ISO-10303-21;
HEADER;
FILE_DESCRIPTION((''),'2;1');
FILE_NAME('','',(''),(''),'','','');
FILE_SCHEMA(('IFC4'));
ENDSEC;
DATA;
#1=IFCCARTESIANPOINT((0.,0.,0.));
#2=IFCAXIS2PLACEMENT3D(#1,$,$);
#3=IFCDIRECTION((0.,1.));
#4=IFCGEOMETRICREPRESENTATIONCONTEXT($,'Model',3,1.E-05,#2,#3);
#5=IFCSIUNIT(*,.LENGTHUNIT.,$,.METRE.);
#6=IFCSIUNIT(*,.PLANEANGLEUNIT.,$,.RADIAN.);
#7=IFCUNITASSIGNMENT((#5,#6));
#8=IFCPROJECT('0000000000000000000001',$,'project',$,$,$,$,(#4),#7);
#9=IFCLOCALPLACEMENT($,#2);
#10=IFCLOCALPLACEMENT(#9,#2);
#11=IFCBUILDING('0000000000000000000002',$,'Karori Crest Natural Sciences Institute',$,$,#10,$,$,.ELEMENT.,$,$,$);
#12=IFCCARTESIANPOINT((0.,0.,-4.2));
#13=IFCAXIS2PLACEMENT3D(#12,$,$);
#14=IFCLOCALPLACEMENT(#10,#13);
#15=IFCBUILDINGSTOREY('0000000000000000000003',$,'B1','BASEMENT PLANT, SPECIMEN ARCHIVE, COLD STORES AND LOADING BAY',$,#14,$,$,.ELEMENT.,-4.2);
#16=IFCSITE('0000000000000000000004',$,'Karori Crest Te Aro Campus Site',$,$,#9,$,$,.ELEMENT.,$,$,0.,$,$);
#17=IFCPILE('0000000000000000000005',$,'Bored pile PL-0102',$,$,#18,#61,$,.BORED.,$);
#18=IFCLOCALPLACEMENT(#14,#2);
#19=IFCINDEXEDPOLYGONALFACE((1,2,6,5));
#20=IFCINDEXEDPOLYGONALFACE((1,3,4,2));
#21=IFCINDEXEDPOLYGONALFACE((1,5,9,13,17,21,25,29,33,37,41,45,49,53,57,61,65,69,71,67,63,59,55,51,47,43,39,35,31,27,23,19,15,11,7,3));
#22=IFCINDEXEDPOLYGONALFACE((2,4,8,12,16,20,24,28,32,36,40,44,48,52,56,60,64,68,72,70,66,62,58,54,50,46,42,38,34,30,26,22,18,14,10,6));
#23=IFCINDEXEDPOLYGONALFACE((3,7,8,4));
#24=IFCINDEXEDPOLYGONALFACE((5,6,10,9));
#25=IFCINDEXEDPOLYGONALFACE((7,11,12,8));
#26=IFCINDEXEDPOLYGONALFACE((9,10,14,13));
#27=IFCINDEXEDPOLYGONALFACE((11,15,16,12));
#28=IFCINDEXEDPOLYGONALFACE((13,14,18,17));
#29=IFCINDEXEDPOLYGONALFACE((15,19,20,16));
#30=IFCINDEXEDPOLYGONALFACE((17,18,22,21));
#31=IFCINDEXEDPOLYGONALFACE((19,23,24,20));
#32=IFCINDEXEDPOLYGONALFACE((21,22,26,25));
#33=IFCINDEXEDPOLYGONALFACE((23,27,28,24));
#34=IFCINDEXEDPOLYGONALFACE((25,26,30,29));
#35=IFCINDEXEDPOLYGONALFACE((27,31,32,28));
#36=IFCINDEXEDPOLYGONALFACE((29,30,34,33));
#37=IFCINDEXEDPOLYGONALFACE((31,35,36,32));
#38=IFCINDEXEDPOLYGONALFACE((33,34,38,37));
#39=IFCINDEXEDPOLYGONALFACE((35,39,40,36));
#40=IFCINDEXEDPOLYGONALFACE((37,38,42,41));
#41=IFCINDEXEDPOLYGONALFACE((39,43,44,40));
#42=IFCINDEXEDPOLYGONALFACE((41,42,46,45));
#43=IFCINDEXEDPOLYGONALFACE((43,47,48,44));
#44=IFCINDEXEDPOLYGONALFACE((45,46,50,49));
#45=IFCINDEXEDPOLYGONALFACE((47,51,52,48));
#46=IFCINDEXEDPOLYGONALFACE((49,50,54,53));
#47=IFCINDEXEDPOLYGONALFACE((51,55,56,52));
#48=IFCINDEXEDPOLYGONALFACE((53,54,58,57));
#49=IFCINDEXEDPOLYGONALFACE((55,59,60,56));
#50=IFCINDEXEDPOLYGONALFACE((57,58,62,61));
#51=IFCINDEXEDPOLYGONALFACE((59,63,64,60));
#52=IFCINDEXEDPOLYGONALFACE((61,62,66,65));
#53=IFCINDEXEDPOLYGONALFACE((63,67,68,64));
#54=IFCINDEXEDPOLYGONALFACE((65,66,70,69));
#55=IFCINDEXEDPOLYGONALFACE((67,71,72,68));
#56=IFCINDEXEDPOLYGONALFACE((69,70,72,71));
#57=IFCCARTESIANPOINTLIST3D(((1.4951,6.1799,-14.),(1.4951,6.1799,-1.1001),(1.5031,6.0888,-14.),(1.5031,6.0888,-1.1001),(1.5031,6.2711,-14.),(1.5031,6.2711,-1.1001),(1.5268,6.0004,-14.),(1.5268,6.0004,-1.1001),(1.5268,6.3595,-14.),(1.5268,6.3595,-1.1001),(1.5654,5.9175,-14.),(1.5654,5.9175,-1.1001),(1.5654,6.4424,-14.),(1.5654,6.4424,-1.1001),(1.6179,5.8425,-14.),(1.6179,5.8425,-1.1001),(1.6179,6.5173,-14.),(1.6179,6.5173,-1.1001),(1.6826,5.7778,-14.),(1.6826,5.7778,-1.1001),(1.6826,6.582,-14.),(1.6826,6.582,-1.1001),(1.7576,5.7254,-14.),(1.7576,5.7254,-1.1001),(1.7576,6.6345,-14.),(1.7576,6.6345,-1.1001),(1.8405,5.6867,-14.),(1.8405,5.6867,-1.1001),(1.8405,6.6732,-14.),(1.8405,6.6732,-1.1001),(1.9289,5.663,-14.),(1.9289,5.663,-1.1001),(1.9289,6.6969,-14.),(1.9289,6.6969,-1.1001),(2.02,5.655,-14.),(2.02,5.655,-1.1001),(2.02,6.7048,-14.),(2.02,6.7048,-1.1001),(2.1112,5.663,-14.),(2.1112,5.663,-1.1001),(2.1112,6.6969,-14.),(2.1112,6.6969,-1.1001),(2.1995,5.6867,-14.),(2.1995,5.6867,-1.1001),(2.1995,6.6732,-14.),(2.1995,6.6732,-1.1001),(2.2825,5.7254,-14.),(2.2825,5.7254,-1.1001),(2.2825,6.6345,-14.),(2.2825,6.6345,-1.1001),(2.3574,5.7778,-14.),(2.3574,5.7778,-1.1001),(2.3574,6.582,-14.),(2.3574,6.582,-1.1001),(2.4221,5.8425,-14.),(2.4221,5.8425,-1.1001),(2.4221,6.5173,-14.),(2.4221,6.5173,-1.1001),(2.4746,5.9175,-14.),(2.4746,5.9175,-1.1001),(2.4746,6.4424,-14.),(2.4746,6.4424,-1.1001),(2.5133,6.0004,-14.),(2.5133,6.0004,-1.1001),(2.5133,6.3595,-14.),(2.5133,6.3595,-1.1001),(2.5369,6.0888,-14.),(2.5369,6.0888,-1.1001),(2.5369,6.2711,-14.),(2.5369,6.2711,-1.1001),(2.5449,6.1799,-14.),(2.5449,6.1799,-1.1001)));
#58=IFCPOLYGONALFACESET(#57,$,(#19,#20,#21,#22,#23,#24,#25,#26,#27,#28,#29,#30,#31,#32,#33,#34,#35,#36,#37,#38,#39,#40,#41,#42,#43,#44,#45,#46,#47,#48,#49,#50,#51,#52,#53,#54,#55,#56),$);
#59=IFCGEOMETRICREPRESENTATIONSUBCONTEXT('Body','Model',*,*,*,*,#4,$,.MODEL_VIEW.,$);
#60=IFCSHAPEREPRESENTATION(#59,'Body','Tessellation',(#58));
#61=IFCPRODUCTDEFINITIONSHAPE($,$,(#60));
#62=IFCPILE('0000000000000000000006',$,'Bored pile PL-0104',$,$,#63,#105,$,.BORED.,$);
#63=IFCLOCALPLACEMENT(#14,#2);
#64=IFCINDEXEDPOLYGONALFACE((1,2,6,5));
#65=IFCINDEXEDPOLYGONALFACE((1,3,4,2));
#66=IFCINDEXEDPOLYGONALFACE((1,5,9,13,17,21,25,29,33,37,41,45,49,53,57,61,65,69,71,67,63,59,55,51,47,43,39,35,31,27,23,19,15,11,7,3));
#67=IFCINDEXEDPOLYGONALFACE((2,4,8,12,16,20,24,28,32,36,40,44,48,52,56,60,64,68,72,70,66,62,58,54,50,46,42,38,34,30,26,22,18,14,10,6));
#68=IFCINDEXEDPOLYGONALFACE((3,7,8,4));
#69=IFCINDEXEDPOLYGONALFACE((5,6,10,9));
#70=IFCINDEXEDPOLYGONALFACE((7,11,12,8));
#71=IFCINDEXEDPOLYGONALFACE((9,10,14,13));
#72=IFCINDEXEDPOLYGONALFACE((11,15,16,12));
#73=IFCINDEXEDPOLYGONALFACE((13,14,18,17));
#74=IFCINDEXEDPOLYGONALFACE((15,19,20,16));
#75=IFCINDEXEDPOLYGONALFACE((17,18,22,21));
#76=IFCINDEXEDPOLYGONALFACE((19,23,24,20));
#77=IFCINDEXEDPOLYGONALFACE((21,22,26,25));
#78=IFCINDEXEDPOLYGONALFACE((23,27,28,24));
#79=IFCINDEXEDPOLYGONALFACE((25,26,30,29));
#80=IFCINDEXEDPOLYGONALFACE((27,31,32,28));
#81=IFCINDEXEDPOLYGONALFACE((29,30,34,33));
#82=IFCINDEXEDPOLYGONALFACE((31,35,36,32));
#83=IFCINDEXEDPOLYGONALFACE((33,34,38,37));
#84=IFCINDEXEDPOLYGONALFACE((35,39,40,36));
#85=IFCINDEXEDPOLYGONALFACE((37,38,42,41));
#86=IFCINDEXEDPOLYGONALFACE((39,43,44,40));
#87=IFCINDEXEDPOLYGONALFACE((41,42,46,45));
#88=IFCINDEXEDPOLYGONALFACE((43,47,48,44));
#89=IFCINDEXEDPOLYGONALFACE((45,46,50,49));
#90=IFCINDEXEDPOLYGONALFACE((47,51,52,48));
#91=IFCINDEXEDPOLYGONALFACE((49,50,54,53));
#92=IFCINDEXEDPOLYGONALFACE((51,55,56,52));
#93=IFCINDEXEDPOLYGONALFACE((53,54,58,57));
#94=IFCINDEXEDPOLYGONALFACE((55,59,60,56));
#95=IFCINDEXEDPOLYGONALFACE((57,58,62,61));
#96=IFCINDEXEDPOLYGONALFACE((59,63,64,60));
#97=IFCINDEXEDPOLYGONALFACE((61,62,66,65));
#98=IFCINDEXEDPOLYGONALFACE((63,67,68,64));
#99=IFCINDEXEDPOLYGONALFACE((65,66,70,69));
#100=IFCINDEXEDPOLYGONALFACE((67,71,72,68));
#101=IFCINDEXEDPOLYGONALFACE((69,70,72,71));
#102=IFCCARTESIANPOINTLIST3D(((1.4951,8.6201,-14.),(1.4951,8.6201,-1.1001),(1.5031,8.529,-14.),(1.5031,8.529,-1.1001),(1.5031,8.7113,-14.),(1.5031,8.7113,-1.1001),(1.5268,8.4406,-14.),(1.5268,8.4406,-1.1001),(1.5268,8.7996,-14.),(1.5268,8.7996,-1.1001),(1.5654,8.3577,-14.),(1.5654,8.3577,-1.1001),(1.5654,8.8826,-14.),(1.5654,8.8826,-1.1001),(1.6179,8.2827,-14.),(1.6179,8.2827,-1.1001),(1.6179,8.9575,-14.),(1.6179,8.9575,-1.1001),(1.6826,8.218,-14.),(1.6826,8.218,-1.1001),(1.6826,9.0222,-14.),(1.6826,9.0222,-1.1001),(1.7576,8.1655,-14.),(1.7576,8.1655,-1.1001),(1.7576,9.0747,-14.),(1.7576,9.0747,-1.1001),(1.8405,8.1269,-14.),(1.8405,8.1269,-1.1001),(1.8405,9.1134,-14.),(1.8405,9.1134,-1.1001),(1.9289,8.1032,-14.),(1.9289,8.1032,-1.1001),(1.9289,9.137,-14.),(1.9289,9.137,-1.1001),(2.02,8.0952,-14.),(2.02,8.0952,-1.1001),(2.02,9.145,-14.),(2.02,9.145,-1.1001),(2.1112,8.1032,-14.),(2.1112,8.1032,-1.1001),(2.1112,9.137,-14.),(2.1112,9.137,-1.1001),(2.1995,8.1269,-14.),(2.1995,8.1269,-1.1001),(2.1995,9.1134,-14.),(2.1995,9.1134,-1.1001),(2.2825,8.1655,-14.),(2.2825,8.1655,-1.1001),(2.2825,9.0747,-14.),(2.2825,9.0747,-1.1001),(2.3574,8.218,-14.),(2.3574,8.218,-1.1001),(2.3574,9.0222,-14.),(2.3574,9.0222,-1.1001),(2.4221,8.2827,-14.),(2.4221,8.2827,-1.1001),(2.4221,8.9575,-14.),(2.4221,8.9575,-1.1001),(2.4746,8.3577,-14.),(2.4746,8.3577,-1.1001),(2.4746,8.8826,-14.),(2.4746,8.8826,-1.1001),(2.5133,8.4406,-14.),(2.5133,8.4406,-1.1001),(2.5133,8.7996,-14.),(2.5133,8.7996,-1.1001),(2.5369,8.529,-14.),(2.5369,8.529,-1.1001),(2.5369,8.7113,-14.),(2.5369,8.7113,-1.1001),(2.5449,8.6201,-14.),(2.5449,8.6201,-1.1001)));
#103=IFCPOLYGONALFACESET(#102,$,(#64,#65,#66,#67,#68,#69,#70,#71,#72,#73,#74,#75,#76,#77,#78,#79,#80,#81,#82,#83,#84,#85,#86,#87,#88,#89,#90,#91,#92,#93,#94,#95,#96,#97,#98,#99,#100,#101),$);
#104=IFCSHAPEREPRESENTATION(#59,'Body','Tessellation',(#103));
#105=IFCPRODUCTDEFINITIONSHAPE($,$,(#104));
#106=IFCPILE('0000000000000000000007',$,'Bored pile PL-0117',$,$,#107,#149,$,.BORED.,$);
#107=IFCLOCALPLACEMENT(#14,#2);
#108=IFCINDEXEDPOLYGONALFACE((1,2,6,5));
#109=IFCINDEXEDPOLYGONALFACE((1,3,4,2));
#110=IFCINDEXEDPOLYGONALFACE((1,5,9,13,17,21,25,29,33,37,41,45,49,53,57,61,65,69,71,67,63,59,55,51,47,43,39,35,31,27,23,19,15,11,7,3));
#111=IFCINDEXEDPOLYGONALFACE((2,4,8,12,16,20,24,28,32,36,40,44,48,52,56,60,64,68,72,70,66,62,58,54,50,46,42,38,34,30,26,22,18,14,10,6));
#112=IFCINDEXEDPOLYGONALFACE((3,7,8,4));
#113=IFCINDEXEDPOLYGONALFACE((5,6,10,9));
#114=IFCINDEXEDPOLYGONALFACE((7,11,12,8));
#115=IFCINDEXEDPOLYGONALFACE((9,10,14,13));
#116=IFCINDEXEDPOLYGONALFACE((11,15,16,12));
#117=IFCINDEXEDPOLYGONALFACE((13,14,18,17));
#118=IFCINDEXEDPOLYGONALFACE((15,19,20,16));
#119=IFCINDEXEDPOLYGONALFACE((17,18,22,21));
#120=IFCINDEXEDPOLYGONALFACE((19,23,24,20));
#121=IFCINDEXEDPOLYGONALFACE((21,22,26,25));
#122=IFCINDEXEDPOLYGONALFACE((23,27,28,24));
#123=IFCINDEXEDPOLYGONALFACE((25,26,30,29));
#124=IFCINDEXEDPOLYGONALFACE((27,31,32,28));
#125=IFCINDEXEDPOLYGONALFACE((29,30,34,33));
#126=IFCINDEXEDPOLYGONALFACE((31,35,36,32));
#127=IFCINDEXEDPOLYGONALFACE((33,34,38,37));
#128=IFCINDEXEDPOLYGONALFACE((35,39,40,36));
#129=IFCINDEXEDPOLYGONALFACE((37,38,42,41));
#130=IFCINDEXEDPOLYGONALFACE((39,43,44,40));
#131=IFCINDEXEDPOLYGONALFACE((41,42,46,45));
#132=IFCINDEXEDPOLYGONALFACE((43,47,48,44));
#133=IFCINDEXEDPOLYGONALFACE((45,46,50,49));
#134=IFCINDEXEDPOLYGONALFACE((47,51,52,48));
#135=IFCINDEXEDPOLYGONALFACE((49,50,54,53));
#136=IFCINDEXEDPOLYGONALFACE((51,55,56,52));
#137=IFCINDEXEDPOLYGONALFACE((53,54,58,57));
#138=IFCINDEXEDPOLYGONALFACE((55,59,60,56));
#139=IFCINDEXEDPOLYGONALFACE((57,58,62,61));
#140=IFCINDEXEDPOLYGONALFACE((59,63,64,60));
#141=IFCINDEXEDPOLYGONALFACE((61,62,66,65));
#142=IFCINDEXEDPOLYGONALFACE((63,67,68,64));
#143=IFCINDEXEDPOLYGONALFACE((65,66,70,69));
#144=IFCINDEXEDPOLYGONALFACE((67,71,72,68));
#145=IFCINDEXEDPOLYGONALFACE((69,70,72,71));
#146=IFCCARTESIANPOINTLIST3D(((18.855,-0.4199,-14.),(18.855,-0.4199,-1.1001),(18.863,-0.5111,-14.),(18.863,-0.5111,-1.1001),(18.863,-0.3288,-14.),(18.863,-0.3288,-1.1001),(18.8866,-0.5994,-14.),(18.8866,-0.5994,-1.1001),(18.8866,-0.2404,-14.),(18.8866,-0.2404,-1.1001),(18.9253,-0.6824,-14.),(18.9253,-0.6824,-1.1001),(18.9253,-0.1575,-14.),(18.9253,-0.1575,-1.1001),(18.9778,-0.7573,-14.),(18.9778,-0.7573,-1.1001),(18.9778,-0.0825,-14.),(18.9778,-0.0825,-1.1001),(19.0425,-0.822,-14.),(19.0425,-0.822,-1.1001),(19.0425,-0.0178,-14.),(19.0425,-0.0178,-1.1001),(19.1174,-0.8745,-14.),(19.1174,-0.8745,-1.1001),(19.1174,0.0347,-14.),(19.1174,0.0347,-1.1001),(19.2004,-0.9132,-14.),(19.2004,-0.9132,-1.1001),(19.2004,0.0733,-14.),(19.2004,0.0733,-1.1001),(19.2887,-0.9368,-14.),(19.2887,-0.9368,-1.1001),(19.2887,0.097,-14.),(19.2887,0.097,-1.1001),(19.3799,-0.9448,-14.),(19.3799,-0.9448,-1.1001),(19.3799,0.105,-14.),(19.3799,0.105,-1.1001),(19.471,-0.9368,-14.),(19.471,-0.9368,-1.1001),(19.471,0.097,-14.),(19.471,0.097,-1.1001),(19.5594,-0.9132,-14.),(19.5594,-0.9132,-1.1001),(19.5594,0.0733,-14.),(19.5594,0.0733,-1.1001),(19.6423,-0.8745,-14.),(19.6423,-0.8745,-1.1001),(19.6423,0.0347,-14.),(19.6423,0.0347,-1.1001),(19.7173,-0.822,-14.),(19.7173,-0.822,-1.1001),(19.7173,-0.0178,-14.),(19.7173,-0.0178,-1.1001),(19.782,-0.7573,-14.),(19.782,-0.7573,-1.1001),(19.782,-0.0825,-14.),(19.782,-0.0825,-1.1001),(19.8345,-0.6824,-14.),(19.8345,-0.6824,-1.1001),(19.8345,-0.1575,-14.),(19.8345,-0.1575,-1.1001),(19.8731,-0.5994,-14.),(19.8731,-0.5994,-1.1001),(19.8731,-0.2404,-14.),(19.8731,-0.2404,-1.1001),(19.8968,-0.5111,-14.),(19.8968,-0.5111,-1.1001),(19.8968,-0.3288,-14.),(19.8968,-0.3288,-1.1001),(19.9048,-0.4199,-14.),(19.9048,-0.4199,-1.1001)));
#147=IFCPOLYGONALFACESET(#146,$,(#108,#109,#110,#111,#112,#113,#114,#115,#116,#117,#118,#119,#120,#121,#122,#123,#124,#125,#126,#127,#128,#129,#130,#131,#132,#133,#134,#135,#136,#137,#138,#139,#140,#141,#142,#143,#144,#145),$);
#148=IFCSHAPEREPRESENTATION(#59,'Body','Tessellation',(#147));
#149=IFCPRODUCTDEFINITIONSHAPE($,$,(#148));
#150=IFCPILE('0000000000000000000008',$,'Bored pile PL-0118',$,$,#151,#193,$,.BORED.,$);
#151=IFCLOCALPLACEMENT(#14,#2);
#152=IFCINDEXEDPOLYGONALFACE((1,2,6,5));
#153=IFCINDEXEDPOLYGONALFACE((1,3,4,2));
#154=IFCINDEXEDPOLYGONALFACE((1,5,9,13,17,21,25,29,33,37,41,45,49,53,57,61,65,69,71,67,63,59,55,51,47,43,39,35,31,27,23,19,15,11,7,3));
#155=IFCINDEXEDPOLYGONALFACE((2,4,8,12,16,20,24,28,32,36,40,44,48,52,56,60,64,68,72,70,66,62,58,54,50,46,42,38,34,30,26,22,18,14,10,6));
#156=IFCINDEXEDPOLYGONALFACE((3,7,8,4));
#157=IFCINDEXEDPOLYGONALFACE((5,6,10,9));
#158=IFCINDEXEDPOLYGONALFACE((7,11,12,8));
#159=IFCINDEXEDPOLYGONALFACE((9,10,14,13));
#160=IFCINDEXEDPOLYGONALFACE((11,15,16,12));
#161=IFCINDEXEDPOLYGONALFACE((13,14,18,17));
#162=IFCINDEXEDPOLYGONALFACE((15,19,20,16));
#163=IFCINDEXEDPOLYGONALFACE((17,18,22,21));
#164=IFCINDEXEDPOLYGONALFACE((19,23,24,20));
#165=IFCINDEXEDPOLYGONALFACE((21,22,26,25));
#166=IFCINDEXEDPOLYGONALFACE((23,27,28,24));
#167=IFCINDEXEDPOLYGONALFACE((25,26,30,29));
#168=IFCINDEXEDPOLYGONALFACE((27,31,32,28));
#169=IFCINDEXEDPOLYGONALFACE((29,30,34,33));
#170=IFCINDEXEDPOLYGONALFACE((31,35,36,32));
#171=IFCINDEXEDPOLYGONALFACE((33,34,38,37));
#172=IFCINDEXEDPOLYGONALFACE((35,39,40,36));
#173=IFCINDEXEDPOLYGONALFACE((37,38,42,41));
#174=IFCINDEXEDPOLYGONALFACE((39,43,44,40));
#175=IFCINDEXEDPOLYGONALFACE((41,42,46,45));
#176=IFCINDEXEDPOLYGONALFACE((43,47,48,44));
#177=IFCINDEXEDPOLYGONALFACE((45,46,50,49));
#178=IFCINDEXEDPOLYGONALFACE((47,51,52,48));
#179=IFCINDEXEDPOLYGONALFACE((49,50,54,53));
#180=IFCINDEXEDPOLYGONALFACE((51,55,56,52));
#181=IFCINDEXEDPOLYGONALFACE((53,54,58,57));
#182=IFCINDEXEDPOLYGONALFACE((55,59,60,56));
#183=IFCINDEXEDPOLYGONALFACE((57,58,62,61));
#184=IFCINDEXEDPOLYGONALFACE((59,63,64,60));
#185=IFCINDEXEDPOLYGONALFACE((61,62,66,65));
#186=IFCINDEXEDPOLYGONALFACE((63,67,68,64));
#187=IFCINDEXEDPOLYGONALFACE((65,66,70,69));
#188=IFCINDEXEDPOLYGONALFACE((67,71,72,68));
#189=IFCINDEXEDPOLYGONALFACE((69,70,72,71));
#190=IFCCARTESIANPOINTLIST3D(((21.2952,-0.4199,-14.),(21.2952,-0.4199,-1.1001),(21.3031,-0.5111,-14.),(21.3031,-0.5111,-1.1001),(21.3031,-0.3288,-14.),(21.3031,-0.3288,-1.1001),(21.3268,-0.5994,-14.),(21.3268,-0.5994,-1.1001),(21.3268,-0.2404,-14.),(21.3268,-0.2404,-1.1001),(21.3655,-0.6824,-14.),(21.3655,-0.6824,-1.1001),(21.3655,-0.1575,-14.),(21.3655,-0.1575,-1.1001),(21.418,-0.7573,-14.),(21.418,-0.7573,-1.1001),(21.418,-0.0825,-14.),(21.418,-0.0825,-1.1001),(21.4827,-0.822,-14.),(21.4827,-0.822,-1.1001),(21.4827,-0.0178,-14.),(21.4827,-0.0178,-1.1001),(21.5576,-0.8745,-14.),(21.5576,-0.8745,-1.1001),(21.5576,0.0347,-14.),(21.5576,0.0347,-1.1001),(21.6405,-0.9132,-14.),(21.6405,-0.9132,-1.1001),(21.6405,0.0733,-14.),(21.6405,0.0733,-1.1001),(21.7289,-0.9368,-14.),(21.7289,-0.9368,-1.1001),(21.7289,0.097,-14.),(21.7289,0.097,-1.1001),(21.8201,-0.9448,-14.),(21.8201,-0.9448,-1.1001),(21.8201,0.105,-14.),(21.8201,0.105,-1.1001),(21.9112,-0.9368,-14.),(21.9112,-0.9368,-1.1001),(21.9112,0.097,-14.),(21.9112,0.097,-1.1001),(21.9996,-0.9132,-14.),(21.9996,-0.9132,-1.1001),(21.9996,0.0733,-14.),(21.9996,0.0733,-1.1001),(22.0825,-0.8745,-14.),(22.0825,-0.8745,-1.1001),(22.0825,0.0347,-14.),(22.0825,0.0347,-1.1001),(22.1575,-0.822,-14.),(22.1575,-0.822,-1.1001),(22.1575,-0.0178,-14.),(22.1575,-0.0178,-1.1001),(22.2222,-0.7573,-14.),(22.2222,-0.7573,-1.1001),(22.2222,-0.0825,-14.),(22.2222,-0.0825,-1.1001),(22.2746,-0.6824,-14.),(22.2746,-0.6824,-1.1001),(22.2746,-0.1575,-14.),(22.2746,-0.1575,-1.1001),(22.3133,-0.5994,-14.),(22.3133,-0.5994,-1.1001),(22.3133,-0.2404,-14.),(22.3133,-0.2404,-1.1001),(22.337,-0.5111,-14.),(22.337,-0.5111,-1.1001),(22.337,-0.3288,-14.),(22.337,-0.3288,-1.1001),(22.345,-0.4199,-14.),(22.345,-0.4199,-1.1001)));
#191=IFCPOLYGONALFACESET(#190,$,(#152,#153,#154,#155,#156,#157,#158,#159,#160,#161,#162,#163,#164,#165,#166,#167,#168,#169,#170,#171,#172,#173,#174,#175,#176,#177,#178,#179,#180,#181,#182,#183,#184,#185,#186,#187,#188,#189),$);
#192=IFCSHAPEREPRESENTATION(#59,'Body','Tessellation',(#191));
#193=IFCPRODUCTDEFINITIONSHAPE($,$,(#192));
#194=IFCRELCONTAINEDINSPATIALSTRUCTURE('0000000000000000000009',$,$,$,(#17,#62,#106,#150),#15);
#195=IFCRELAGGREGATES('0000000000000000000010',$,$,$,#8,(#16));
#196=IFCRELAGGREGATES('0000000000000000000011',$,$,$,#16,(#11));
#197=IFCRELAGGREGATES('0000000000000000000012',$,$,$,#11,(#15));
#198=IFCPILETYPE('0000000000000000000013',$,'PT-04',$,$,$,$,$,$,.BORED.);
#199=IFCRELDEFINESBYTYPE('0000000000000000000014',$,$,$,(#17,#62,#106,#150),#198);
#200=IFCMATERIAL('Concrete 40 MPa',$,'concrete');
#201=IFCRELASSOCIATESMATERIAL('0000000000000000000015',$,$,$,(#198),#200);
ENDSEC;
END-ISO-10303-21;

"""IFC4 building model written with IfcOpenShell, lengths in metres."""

from ifc_helpers import new_model, si_unit, direction, frame, origin, origin_2d, place, context, subcontext, project, spatial, circle, extrude, material, material_profile, profile_set, type_object, element, save


model = new_model("IFC4")

# Units and contexts
model_context = context("Model", 3, precision=1e-05, world=origin(), true_north=direction((0.0, 1.0)))
body_context = subcontext(model_context, "Body", "Model", "MODEL_VIEW")
ifc_project = project(units=[si_unit("LENGTHUNIT", "METRE"), si_unit("PLANEANGLEUNIT", "RADIAN")], contexts=[model_context])

# Site, building, storey
site_placement = place(None, origin())
site = spatial("IfcSite", under=ifc_project, at=site_placement, Name="Karori Crest Te Aro Campus Site", CompositionType="ELEMENT", RefElevation=0.0)
building_placement = place(site_placement, origin())
building = spatial("IfcBuilding", under=site, at=building_placement, Name="Karori Crest Natural Sciences Institute", CompositionType="ELEMENT")
storey_placement = place(building_placement, frame((0.0, 0.0, -4.2)))
storey = spatial("IfcBuildingStorey", under=building, at=storey_placement, Name="B1", Description="BASEMENT PLANT, SPECIMEN ARCHIVE, COLD STORES AND LOADING BAY", CompositionType="ELEMENT", Elevation=-4.2)

# Shared definitions
ifc_material_1 = material(Name="Concrete 40 MPa", Category="concrete")

# Piles
ifc_material_profile_1 = material_profile(ifc_material_1, circle(Radius=0.5249, at=origin_2d()), Name="PILE1050")
ifc_profile_set_1 = profile_set([ifc_material_profile_1], Name="Concrete 40 MPa")
pile_type = type_object("IfcPileType", Name="PT-04", PredefinedType="BORED", material=ifc_profile_set_1)
for number, where, z_axis, x_axis, name in (
    (1, (2.02, 6.1799, -1.1001), (0.0, 0.0, -1.0), (1.0, 0.0, 0.0), "Bored pile PL-0102"),
    (2, (2.02, 8.6201, -1.1001), (0.0, 0.0, -1.0), (1.0, 0.0, 0.0), "Bored pile PL-0104"),
    (3, (19.3799, -0.4199, -1.1001), (0.0, 0.0, -1.0), (1.0, 0.0, 0.0), "Bored pile PL-0117"),
    (4, (21.8201, -0.4199, -1.1001), (0.0, 0.0, -1.0), (1.0, 0.0, 0.0), "Bored pile PL-0118"),
):
    element("IfcPile", number, at=place(storey_placement, frame(where, z_axis=z_axis, x_axis=x_axis)), inside=storey, type_object=pile_type, Name=name, PredefinedType="BORED", context=body_context, shape_type="SweptSolid", body=[
        extrude(circle(Radius=0.5249, at=origin_2d()), origin(), (0.0, 0.0, 1.0), 12.8999),
    ])

save(model, "model.ifc")
